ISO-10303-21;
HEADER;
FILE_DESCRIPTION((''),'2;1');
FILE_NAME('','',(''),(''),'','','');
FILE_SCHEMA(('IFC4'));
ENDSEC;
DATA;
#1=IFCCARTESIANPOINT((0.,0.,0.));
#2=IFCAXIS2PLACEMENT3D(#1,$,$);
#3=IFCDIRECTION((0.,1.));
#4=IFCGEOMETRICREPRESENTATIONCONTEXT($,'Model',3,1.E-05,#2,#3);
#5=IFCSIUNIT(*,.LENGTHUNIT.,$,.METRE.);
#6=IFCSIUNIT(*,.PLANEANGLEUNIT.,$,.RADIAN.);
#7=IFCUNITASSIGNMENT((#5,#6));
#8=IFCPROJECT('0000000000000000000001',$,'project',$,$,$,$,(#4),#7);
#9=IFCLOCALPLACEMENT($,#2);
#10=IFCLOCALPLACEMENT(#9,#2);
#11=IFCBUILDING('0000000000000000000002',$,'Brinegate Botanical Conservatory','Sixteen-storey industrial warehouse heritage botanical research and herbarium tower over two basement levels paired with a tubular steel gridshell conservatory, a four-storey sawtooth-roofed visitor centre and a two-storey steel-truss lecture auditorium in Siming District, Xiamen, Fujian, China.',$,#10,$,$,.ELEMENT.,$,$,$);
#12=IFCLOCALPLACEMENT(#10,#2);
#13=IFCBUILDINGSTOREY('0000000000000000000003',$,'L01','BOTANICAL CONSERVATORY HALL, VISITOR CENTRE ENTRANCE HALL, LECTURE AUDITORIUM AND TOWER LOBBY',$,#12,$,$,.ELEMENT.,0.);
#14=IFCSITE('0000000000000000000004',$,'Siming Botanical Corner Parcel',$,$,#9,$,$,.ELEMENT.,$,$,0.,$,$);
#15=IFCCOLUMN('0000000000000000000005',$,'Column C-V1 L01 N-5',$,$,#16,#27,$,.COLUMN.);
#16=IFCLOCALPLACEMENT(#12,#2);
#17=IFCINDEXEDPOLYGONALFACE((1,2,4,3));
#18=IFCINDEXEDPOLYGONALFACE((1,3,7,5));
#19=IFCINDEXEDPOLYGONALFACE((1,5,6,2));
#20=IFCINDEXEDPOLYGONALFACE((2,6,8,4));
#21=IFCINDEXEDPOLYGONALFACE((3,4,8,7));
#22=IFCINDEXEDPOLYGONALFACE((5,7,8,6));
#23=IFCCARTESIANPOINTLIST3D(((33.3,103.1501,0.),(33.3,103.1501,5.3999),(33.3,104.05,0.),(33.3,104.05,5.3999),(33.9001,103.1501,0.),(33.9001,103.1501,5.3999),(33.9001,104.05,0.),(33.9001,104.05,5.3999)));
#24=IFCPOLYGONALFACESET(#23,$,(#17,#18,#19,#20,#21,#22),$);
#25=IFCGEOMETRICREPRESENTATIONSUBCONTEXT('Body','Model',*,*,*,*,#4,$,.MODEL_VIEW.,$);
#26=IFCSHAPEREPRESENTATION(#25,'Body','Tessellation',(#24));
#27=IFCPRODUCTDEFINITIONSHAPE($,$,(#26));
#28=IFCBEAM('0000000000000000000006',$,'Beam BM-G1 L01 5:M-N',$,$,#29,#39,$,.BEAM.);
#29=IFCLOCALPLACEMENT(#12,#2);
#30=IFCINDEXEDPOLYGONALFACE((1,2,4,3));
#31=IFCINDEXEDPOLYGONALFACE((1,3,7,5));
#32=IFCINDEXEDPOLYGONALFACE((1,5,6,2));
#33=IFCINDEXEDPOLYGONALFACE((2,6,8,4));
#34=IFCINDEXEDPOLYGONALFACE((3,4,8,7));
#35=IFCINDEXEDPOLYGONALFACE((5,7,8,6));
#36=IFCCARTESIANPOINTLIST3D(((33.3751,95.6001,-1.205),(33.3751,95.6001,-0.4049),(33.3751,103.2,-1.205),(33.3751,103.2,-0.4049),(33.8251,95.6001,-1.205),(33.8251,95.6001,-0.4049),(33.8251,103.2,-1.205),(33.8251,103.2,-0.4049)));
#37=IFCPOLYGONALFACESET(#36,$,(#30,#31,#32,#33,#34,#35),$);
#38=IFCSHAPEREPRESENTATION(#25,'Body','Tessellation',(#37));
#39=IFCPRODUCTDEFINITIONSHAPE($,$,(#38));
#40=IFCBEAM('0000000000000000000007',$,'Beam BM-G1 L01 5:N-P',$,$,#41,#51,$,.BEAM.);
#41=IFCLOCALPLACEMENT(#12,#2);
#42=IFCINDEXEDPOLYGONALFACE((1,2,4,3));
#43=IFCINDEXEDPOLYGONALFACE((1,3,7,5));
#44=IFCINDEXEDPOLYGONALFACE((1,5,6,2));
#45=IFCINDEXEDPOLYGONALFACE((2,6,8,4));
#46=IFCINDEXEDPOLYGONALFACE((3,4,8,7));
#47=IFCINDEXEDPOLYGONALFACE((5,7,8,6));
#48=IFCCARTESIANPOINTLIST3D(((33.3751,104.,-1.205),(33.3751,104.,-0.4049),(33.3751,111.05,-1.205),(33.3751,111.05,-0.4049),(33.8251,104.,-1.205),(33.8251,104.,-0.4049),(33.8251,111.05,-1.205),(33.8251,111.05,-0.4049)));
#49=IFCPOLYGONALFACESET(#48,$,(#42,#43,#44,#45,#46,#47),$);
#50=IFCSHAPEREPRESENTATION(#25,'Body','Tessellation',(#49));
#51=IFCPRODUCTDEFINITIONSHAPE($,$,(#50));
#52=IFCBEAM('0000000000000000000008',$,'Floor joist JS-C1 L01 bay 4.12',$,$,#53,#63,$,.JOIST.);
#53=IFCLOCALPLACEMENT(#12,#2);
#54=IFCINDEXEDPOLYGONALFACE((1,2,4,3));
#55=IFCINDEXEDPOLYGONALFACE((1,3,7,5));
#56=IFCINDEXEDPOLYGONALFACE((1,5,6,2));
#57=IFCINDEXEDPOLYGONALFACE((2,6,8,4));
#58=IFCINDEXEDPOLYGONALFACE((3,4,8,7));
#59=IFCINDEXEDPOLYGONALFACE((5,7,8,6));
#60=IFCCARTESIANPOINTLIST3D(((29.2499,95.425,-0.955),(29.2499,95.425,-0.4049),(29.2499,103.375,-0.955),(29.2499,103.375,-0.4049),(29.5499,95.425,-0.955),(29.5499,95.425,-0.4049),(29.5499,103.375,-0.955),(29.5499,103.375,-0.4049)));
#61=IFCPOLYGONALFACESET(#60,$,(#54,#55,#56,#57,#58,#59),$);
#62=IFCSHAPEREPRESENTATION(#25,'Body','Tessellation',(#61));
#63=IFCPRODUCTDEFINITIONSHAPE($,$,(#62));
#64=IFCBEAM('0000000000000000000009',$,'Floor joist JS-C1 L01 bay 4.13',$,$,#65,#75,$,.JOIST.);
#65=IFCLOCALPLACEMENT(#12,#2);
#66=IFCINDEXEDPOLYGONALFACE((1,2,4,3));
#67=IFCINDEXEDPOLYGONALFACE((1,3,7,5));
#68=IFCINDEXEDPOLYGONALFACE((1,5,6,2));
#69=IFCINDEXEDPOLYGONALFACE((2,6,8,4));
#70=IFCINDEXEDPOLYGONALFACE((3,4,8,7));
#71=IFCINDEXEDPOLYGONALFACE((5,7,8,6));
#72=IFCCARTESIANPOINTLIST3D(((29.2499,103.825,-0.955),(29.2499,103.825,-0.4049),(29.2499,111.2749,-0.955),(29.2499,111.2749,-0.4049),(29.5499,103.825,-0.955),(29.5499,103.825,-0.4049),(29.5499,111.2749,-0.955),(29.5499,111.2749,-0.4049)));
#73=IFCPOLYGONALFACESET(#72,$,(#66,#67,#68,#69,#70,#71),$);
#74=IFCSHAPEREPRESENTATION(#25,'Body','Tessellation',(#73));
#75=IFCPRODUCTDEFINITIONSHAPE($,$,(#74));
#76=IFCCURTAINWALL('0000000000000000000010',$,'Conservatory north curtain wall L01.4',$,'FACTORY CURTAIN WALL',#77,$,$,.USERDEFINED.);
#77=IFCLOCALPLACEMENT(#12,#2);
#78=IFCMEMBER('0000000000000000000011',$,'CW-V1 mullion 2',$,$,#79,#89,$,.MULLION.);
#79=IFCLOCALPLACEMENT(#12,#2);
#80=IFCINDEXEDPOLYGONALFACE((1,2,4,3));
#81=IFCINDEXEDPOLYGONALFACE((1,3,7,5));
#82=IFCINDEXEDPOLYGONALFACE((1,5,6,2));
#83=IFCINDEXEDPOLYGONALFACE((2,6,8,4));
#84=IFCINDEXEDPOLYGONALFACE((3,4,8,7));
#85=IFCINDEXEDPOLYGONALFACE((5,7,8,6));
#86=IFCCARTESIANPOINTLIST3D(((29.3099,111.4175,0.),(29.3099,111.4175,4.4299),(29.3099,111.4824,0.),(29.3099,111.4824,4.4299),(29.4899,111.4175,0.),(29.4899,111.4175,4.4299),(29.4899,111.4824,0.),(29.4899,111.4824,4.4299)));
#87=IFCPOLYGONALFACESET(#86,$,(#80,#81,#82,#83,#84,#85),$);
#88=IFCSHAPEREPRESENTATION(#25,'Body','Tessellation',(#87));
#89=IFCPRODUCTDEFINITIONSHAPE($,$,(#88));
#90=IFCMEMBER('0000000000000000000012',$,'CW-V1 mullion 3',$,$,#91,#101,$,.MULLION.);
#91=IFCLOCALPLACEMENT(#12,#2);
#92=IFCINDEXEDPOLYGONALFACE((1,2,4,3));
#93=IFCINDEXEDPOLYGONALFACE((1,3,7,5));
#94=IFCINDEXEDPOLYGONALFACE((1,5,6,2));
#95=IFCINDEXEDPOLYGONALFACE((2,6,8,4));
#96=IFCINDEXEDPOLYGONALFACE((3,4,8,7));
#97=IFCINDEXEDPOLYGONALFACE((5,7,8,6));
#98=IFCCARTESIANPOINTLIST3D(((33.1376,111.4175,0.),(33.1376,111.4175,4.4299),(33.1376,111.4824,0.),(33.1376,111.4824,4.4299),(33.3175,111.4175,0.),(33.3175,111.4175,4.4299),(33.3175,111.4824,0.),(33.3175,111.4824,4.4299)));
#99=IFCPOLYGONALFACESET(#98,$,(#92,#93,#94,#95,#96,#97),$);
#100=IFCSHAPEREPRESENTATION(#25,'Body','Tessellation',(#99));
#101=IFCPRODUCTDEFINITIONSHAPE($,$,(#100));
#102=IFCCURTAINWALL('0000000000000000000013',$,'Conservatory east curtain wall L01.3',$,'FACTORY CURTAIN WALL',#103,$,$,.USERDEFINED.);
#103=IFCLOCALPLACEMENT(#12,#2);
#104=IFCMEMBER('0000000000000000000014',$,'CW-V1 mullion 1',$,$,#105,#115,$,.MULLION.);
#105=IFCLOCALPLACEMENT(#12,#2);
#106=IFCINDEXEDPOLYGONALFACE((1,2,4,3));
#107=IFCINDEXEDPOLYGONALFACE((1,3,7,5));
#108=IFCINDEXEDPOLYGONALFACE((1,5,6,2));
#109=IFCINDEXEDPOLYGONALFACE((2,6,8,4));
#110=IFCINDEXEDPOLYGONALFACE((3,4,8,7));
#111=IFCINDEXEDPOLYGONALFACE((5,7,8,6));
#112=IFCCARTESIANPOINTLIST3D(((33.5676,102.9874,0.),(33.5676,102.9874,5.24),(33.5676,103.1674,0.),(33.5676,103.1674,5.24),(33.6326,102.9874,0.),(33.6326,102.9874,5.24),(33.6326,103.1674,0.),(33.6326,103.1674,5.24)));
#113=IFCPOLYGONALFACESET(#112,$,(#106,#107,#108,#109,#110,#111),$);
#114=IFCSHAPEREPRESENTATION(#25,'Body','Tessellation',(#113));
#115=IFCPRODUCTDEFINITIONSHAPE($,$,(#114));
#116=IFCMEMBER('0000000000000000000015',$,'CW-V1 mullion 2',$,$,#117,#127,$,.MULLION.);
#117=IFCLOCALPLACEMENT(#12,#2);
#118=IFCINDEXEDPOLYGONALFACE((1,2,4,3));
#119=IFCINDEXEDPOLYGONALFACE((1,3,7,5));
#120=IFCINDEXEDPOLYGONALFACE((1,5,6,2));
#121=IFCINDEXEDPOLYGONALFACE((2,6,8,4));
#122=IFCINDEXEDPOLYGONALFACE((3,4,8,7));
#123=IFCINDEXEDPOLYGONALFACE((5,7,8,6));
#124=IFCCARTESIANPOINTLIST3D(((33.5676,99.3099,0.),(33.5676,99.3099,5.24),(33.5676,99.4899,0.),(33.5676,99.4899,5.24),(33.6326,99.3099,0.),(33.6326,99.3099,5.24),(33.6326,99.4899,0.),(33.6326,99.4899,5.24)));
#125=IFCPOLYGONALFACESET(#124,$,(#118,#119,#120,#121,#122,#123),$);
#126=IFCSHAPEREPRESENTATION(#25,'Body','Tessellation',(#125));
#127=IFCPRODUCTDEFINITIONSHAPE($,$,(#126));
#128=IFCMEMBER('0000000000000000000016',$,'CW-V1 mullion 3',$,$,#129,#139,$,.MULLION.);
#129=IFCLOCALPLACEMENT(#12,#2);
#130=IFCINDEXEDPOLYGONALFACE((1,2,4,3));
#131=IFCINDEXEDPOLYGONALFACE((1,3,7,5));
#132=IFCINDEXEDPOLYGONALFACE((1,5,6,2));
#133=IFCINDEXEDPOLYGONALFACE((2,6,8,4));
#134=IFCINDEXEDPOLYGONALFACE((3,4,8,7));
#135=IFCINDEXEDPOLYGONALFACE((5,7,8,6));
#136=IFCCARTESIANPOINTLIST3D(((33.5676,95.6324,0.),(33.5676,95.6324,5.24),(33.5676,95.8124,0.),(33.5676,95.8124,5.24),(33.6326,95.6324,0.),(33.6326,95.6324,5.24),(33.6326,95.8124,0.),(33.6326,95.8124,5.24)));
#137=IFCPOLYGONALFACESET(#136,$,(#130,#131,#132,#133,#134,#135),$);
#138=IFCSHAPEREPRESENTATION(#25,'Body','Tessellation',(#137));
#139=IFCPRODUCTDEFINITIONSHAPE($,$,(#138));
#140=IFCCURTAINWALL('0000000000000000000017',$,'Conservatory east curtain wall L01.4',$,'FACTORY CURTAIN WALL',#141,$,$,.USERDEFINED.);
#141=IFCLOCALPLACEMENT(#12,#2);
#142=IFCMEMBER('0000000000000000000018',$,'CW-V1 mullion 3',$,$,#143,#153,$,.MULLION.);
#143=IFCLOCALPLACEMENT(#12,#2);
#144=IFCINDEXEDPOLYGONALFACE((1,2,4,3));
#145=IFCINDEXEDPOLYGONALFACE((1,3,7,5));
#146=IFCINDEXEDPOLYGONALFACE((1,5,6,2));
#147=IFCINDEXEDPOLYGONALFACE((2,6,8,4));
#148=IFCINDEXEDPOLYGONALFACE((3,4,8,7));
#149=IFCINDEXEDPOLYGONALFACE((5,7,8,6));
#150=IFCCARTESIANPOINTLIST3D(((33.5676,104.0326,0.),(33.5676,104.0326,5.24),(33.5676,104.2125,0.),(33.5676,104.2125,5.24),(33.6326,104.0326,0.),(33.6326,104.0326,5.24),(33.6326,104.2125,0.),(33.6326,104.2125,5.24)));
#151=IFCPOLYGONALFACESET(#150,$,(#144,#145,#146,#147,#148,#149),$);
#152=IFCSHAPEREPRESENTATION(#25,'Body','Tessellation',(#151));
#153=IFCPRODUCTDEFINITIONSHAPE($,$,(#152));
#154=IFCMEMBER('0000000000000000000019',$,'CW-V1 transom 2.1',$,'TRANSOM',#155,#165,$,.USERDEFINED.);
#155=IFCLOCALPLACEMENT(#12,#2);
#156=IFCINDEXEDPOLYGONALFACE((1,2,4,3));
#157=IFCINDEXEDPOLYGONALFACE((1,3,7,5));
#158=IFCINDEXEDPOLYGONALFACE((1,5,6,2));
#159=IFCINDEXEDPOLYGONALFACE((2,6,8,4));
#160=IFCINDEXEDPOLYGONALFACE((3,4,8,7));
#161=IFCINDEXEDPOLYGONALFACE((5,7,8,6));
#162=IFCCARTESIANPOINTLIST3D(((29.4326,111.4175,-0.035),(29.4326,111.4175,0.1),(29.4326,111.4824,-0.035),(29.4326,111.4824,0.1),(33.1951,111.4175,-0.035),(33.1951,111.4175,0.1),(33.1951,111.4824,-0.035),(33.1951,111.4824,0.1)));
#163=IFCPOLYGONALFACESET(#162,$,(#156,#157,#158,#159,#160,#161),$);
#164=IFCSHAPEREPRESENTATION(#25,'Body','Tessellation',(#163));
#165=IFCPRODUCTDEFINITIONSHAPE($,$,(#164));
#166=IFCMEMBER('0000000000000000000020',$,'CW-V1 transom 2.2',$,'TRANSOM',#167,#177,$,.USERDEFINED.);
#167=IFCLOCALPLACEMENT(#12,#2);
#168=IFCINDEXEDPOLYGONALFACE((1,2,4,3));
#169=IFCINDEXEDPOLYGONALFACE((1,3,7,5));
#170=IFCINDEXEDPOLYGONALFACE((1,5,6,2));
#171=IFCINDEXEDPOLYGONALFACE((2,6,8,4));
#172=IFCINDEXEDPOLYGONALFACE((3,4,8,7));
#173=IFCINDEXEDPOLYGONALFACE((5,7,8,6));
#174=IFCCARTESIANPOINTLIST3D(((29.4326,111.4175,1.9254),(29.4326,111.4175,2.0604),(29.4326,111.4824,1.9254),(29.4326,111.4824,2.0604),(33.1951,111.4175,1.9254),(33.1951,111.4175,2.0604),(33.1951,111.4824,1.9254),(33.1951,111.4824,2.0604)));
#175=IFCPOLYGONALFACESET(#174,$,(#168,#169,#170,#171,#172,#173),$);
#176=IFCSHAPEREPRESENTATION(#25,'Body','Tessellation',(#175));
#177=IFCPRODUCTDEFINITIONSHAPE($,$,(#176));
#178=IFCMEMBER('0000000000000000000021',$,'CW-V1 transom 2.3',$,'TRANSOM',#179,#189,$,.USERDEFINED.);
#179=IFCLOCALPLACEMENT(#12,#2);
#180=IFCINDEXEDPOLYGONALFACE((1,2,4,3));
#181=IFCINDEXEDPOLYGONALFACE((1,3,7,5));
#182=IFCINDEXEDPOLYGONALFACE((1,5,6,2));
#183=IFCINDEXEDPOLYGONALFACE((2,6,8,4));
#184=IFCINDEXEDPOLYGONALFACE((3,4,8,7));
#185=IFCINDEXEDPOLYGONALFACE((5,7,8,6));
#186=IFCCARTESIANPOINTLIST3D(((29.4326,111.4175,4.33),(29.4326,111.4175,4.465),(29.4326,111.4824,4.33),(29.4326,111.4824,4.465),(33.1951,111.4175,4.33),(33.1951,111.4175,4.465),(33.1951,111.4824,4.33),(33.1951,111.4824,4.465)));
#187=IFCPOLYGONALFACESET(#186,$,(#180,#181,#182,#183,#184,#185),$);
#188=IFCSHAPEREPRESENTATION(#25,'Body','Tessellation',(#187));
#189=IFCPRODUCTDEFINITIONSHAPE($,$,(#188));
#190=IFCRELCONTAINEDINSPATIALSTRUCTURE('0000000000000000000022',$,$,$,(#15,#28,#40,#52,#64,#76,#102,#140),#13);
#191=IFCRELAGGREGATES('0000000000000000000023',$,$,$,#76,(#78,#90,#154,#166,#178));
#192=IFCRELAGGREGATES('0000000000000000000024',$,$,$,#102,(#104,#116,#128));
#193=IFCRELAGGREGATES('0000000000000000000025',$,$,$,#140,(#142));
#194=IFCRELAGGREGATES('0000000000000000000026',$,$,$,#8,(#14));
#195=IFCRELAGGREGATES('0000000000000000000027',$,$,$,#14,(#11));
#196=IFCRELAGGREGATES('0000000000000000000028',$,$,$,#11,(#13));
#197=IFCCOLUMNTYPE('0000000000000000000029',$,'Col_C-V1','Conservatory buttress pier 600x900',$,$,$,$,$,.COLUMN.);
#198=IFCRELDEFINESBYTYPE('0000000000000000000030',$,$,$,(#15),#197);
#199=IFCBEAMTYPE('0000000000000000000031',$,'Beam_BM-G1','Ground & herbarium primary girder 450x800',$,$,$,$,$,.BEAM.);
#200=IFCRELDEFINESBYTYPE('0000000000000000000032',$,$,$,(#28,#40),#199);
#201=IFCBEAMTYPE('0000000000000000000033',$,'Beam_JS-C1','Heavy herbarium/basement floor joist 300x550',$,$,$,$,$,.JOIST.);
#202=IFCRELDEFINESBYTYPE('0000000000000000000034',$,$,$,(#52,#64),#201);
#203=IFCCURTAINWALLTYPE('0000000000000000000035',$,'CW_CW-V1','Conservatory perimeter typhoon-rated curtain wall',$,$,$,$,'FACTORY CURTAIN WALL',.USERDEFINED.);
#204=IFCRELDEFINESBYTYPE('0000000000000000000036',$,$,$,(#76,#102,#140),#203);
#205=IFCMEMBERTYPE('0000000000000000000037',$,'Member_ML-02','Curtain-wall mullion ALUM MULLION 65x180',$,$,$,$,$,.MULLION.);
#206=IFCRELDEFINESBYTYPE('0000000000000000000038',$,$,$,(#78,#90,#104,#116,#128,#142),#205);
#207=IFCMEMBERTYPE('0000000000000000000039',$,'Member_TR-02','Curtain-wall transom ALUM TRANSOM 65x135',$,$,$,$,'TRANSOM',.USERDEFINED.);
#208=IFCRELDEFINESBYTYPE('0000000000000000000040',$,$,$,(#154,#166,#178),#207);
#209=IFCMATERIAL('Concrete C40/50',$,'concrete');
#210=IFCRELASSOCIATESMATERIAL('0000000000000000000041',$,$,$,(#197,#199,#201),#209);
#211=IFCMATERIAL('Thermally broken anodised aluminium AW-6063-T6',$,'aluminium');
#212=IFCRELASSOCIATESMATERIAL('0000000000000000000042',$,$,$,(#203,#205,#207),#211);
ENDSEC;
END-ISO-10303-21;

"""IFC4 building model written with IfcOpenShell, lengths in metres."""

from ifc_helpers import new_model, si_unit, direction, frame, origin, origin_2d, place, context, subcontext, project, spatial, rectangle, extrude, material, material_profile, profile_set, type_object, element, aggregate, save


model = new_model("IFC4")

# Units and contexts
model_context = context("Model", 3, precision=1e-05, world=origin(), true_north=direction((0.0, 1.0)))
body_context = subcontext(model_context, "Body", "Model", "MODEL_VIEW")
ifc_project = project(units=[si_unit("LENGTHUNIT", "METRE"), si_unit("PLANEANGLEUNIT", "RADIAN")], contexts=[model_context])

# Site, building, storey
site_placement = place(None, origin())
site = spatial("IfcSite", under=ifc_project, at=site_placement, Name="Siming Botanical Corner Parcel", CompositionType="ELEMENT", RefElevation=0.0)
building_placement = place(site_placement, origin())
building = spatial("IfcBuilding", under=site, at=building_placement, Name="Brinegate Botanical Conservatory", Description="Sixteen-storey industrial warehouse heritage botanical research and herbarium tower over two basement levels paired with a tubular steel gridshell conservatory, a four-storey sawtooth-roofed visitor centre and a two-storey steel-truss lecture auditorium in Siming District, Xiamen, Fujian, China.", CompositionType="ELEMENT")
storey_placement = place(building_placement, origin())
storey = spatial("IfcBuildingStorey", under=building, at=storey_placement, Name="L01", Description="BOTANICAL CONSERVATORY HALL, VISITOR CENTRE ENTRANCE HALL, LECTURE AUDITORIUM AND TOWER LOBBY", CompositionType="ELEMENT", Elevation=0.0)

# Column
ifc_material_1 = material(Name="Concrete C40/50", Category="concrete")
ifc_material_profile_1 = material_profile(ifc_material_1, rectangle(XDim=0.6001, YDim=0.8999, at=origin_2d()), Name="RC PIER 600x900")
ifc_profile_set_1 = profile_set([ifc_material_profile_1], Name="Concrete C40/50")
column_type = type_object("IfcColumnType", Name="Col_C-V1", Description="Conservatory buttress pier 600x900", PredefinedType="COLUMN", material=ifc_profile_set_1)
column_placement = place(storey_placement, frame((33.6001, 103.6001, 0.0), z_axis=(0.0, 0.0, 1.0), x_axis=(1.0, 0.0, 0.0)))
element("IfcColumn", 1, at=column_placement, inside=storey, type_object=column_type, Name="Column C-V1 L01 N-5", PredefinedType="COLUMN", context=body_context, shape_type="SweptSolid", body=[
    extrude(rectangle(XDim=0.6001, YDim=0.8999, at=origin_2d()), origin(), (0.0, 0.0, 1.0), 5.3999),
])

# Beams
ifc_material_profile_2 = material_profile(ifc_material_1, rectangle(XDim=0.45, YDim=0.8, at=origin_2d()), Name="RC BM 450x800")
ifc_profile_set_2 = profile_set([ifc_material_profile_2], Name="Concrete C40/50")
beam_type_1 = type_object("IfcBeamType", Name="Beam_BM-G1", Description="Ground & herbarium primary girder 450x800", PredefinedType="BEAM", material=ifc_profile_set_2)
beam_1_placement = place(storey_placement, frame((33.6001, 95.6001, -0.8049), z_axis=(0.0, 1.0, 0.0), x_axis=(-1.0, 0.0, 0.0)))
element("IfcBeam", 2, at=beam_1_placement, inside=storey, type_object=beam_type_1, Name="Beam BM-G1 L01 5:M-N", PredefinedType="BEAM", context=body_context, shape_type="SweptSolid", body=[
    extrude(rectangle(XDim=0.45, YDim=0.8, at=origin_2d()), origin(), (0.0, 0.0, 1.0), 7.5999),
])
beam_2_placement = place(storey_placement, frame((33.6001, 104.0, -0.8049), z_axis=(0.0, 1.0, 0.0), x_axis=(-1.0, 0.0, 0.0)))
element("IfcBeam", 3, at=beam_2_placement, inside=storey, type_object=beam_type_1, Name="Beam BM-G1 L01 5:N-P", PredefinedType="BEAM", context=body_context, shape_type="SweptSolid", body=[
    extrude(rectangle(XDim=0.45, YDim=0.8, at=origin_2d()), origin(), (0.0, 0.0, 1.0), 7.05),
])
ifc_material_profile_3 = material_profile(ifc_material_1, rectangle(XDim=0.3, YDim=0.55, at=origin_2d()), Name="RC JST 300x550")
ifc_profile_set_3 = profile_set([ifc_material_profile_3], Name="Concrete C40/50")
beam_type_2 = type_object("IfcBeamType", Name="Beam_JS-C1", Description="Heavy herbarium/basement floor joist 300x550", PredefinedType="JOIST", material=ifc_profile_set_3)
beam_3_placement = place(storey_placement, frame((29.3999, 95.425, -0.6799), z_axis=(0.0, 1.0, 0.0), x_axis=(-1.0, 0.0, 0.0)))
element("IfcBeam", 4, at=beam_3_placement, inside=storey, type_object=beam_type_2, Name="Floor joist JS-C1 L01 bay 4.12", PredefinedType="JOIST", context=body_context, shape_type="SweptSolid", body=[
    extrude(rectangle(XDim=0.3, YDim=0.55, at=origin_2d()), origin(), (0.0, 0.0, 1.0), 7.95),
])
beam_4_placement = place(storey_placement, frame((29.3999, 103.825, -0.6799), z_axis=(0.0, 1.0, 0.0), x_axis=(-1.0, 0.0, 0.0)))
element("IfcBeam", 5, at=beam_4_placement, inside=storey, type_object=beam_type_2, Name="Floor joist JS-C1 L01 bay 4.13", PredefinedType="JOIST", context=body_context, shape_type="SweptSolid", body=[
    extrude(rectangle(XDim=0.3, YDim=0.55, at=origin_2d()), origin(), (0.0, 0.0, 1.0), 7.45),
])

# Curtain walls, members
ifc_material_2 = material(Name="Thermally broken anodised aluminium AW-6063-T6", Category="aluminium")
curtain_wall_type = type_object("IfcCurtainWallType", Name="CW_CW-V1", Description="Conservatory perimeter typhoon-rated curtain wall", ElementType="FACTORY CURTAIN WALL", PredefinedType="USERDEFINED", material=ifc_material_2)
curtain_wall_1_placement = place(storey_placement, origin())
curtain_wall_1 = element("IfcCurtainWall", 6, at=curtain_wall_1_placement, inside=storey, type_object=curtain_wall_type, Name="Conservatory north curtain wall L01.4", ObjectType="FACTORY CURTAIN WALL", PredefinedType="USERDEFINED")
ifc_material_profile_4 = material_profile(ifc_material_2, rectangle(XDim=0.0649, YDim=0.1799, at=origin_2d()), Name="ALUM MULLION 65x180")
ifc_profile_set_4 = profile_set([ifc_material_profile_4], Name="Thermally broken anodised aluminium AW-6063-T6")
member_type_1 = type_object("IfcMemberType", Name="Member_ML-02", Description="Curtain-wall mullion ALUM MULLION 65x180", PredefinedType="MULLION", material=ifc_profile_set_4)
member_1_placement = place(storey_placement, frame((29.3999, 111.45, 0.0), z_axis=(0.0, 0.0, 1.0), x_axis=(0.0, 1.0, 0.0)))
member_1 = element("IfcMember", 7, at=member_1_placement, type_object=member_type_1, Name="CW-V1 mullion 2", PredefinedType="MULLION", context=body_context, shape_type="SweptSolid", body=[
    extrude(rectangle(XDim=0.0649, YDim=0.1799, at=origin_2d()), origin(), (0.0, 0.0, 1.0), 4.4299),
])
member_2_placement = place(storey_placement, frame((33.2275, 111.45, 0.0), z_axis=(0.0, 0.0, 1.0), x_axis=(0.0, 1.0, 0.0)))
member_2 = element("IfcMember", 8, at=member_2_placement, type_object=member_type_1, Name="CW-V1 mullion 3", PredefinedType="MULLION", context=body_context, shape_type="SweptSolid", body=[
    extrude(rectangle(XDim=0.0649, YDim=0.1799, at=origin_2d()), origin(), (0.0, 0.0, 1.0), 4.4299),
])
curtain_wall_2_placement = place(storey_placement, origin())
curtain_wall_2 = element("IfcCurtainWall", 9, at=curtain_wall_2_placement, inside=storey, type_object=curtain_wall_type, Name="Conservatory east curtain wall L01.3", ObjectType="FACTORY CURTAIN WALL", PredefinedType="USERDEFINED")
member_3_placement = place(storey_placement, frame((33.6001, 103.0774, 0.0), z_axis=(0.0, 0.0, 1.0), x_axis=(1.0, 0.0, 0.0)))
member_3 = element("IfcMember", 10, at=member_3_placement, type_object=member_type_1, Name="CW-V1 mullion 1", PredefinedType="MULLION", context=body_context, shape_type="SweptSolid", body=[
    extrude(rectangle(XDim=0.0649, YDim=0.1799, at=origin_2d()), origin(), (0.0, 0.0, 1.0), 5.24),
])
member_4_placement = place(storey_placement, frame((33.6001, 99.3999, 0.0), z_axis=(0.0, 0.0, 1.0), x_axis=(1.0, 0.0, 0.0)))
member_4 = element("IfcMember", 11, at=member_4_placement, type_object=member_type_1, Name="CW-V1 mullion 2", PredefinedType="MULLION", context=body_context, shape_type="SweptSolid", body=[
    extrude(rectangle(XDim=0.0649, YDim=0.1799, at=origin_2d()), origin(), (0.0, 0.0, 1.0), 5.24),
])
member_5_placement = place(storey_placement, frame((33.6001, 95.7224, 0.0), z_axis=(0.0, 0.0, 1.0), x_axis=(1.0, 0.0, 0.0)))
member_5 = element("IfcMember", 12, at=member_5_placement, type_object=member_type_1, Name="CW-V1 mullion 3", PredefinedType="MULLION", context=body_context, shape_type="SweptSolid", body=[
    extrude(rectangle(XDim=0.0649, YDim=0.1799, at=origin_2d()), origin(), (0.0, 0.0, 1.0), 5.24),
])

# Curtain wall, member
curtain_wall_3_placement = place(storey_placement, origin())
curtain_wall_3 = element("IfcCurtainWall", 13, at=curtain_wall_3_placement, inside=storey, type_object=curtain_wall_type, Name="Conservatory east curtain wall L01.4", ObjectType="FACTORY CURTAIN WALL", PredefinedType="USERDEFINED")
member_6_placement = place(storey_placement, frame((33.6001, 104.1226, 0.0), z_axis=(0.0, 0.0, 1.0), x_axis=(1.0, 0.0, 0.0)))
member_6 = element("IfcMember", 14, at=member_6_placement, type_object=member_type_1, Name="CW-V1 mullion 3", PredefinedType="MULLION", context=body_context, shape_type="SweptSolid", body=[
    extrude(rectangle(XDim=0.0649, YDim=0.1799, at=origin_2d()), origin(), (0.0, 0.0, 1.0), 5.24),
])

# Members
ifc_material_profile_5 = material_profile(ifc_material_2, rectangle(XDim=0.0649, YDim=0.135, at=origin_2d()), Name="ALUM TRANSOM 65x135")
ifc_profile_set_5 = profile_set([ifc_material_profile_5], Name="Thermally broken anodised aluminium AW-6063-T6")
member_type_2 = type_object("IfcMemberType", Name="Member_TR-02", Description="Curtain-wall transom ALUM TRANSOM 65x135", ElementType="TRANSOM", PredefinedType="USERDEFINED", material=ifc_profile_set_5)
member_7_placement = place(storey_placement, frame((29.4326, 111.45, 0.0325), z_axis=(1.0, 0.0, 0.0), x_axis=(0.0, 1.0, 0.0)))
member_7 = element("IfcMember", 15, at=member_7_placement, type_object=member_type_2, Name="CW-V1 transom 2.1", ObjectType="TRANSOM", PredefinedType="USERDEFINED", context=body_context, shape_type="SweptSolid", body=[
    extrude(rectangle(XDim=0.0649, YDim=0.135, at=origin_2d()), origin(), (0.0, 0.0, 1.0), 3.7625),
])
member_8_placement = place(storey_placement, frame((29.4326, 111.45, 1.9929), z_axis=(1.0, 0.0, 0.0), x_axis=(0.0, 1.0, 0.0)))
member_8 = element("IfcMember", 16, at=member_8_placement, type_object=member_type_2, Name="CW-V1 transom 2.2", ObjectType="TRANSOM", PredefinedType="USERDEFINED", context=body_context, shape_type="SweptSolid", body=[
    extrude(rectangle(XDim=0.0649, YDim=0.135, at=origin_2d()), origin(), (0.0, 0.0, 1.0), 3.7625),
])
member_9_placement = place(storey_placement, frame((29.4326, 111.45, 4.3975), z_axis=(1.0, 0.0, 0.0), x_axis=(0.0, 1.0, 0.0)))
member_9 = element("IfcMember", 17, at=member_9_placement, type_object=member_type_2, Name="CW-V1 transom 2.3", ObjectType="TRANSOM", PredefinedType="USERDEFINED", context=body_context, shape_type="SweptSolid", body=[
    extrude(rectangle(XDim=0.0649, YDim=0.135, at=origin_2d()), origin(), (0.0, 0.0, 1.0), 3.7625),
])

aggregate(curtain_wall_1, [member_1, member_2, member_7, member_8, member_9])
aggregate(curtain_wall_2, [member_3, member_4, member_5])
aggregate(curtain_wall_3, [member_6])

save(model, "model.ifc")
